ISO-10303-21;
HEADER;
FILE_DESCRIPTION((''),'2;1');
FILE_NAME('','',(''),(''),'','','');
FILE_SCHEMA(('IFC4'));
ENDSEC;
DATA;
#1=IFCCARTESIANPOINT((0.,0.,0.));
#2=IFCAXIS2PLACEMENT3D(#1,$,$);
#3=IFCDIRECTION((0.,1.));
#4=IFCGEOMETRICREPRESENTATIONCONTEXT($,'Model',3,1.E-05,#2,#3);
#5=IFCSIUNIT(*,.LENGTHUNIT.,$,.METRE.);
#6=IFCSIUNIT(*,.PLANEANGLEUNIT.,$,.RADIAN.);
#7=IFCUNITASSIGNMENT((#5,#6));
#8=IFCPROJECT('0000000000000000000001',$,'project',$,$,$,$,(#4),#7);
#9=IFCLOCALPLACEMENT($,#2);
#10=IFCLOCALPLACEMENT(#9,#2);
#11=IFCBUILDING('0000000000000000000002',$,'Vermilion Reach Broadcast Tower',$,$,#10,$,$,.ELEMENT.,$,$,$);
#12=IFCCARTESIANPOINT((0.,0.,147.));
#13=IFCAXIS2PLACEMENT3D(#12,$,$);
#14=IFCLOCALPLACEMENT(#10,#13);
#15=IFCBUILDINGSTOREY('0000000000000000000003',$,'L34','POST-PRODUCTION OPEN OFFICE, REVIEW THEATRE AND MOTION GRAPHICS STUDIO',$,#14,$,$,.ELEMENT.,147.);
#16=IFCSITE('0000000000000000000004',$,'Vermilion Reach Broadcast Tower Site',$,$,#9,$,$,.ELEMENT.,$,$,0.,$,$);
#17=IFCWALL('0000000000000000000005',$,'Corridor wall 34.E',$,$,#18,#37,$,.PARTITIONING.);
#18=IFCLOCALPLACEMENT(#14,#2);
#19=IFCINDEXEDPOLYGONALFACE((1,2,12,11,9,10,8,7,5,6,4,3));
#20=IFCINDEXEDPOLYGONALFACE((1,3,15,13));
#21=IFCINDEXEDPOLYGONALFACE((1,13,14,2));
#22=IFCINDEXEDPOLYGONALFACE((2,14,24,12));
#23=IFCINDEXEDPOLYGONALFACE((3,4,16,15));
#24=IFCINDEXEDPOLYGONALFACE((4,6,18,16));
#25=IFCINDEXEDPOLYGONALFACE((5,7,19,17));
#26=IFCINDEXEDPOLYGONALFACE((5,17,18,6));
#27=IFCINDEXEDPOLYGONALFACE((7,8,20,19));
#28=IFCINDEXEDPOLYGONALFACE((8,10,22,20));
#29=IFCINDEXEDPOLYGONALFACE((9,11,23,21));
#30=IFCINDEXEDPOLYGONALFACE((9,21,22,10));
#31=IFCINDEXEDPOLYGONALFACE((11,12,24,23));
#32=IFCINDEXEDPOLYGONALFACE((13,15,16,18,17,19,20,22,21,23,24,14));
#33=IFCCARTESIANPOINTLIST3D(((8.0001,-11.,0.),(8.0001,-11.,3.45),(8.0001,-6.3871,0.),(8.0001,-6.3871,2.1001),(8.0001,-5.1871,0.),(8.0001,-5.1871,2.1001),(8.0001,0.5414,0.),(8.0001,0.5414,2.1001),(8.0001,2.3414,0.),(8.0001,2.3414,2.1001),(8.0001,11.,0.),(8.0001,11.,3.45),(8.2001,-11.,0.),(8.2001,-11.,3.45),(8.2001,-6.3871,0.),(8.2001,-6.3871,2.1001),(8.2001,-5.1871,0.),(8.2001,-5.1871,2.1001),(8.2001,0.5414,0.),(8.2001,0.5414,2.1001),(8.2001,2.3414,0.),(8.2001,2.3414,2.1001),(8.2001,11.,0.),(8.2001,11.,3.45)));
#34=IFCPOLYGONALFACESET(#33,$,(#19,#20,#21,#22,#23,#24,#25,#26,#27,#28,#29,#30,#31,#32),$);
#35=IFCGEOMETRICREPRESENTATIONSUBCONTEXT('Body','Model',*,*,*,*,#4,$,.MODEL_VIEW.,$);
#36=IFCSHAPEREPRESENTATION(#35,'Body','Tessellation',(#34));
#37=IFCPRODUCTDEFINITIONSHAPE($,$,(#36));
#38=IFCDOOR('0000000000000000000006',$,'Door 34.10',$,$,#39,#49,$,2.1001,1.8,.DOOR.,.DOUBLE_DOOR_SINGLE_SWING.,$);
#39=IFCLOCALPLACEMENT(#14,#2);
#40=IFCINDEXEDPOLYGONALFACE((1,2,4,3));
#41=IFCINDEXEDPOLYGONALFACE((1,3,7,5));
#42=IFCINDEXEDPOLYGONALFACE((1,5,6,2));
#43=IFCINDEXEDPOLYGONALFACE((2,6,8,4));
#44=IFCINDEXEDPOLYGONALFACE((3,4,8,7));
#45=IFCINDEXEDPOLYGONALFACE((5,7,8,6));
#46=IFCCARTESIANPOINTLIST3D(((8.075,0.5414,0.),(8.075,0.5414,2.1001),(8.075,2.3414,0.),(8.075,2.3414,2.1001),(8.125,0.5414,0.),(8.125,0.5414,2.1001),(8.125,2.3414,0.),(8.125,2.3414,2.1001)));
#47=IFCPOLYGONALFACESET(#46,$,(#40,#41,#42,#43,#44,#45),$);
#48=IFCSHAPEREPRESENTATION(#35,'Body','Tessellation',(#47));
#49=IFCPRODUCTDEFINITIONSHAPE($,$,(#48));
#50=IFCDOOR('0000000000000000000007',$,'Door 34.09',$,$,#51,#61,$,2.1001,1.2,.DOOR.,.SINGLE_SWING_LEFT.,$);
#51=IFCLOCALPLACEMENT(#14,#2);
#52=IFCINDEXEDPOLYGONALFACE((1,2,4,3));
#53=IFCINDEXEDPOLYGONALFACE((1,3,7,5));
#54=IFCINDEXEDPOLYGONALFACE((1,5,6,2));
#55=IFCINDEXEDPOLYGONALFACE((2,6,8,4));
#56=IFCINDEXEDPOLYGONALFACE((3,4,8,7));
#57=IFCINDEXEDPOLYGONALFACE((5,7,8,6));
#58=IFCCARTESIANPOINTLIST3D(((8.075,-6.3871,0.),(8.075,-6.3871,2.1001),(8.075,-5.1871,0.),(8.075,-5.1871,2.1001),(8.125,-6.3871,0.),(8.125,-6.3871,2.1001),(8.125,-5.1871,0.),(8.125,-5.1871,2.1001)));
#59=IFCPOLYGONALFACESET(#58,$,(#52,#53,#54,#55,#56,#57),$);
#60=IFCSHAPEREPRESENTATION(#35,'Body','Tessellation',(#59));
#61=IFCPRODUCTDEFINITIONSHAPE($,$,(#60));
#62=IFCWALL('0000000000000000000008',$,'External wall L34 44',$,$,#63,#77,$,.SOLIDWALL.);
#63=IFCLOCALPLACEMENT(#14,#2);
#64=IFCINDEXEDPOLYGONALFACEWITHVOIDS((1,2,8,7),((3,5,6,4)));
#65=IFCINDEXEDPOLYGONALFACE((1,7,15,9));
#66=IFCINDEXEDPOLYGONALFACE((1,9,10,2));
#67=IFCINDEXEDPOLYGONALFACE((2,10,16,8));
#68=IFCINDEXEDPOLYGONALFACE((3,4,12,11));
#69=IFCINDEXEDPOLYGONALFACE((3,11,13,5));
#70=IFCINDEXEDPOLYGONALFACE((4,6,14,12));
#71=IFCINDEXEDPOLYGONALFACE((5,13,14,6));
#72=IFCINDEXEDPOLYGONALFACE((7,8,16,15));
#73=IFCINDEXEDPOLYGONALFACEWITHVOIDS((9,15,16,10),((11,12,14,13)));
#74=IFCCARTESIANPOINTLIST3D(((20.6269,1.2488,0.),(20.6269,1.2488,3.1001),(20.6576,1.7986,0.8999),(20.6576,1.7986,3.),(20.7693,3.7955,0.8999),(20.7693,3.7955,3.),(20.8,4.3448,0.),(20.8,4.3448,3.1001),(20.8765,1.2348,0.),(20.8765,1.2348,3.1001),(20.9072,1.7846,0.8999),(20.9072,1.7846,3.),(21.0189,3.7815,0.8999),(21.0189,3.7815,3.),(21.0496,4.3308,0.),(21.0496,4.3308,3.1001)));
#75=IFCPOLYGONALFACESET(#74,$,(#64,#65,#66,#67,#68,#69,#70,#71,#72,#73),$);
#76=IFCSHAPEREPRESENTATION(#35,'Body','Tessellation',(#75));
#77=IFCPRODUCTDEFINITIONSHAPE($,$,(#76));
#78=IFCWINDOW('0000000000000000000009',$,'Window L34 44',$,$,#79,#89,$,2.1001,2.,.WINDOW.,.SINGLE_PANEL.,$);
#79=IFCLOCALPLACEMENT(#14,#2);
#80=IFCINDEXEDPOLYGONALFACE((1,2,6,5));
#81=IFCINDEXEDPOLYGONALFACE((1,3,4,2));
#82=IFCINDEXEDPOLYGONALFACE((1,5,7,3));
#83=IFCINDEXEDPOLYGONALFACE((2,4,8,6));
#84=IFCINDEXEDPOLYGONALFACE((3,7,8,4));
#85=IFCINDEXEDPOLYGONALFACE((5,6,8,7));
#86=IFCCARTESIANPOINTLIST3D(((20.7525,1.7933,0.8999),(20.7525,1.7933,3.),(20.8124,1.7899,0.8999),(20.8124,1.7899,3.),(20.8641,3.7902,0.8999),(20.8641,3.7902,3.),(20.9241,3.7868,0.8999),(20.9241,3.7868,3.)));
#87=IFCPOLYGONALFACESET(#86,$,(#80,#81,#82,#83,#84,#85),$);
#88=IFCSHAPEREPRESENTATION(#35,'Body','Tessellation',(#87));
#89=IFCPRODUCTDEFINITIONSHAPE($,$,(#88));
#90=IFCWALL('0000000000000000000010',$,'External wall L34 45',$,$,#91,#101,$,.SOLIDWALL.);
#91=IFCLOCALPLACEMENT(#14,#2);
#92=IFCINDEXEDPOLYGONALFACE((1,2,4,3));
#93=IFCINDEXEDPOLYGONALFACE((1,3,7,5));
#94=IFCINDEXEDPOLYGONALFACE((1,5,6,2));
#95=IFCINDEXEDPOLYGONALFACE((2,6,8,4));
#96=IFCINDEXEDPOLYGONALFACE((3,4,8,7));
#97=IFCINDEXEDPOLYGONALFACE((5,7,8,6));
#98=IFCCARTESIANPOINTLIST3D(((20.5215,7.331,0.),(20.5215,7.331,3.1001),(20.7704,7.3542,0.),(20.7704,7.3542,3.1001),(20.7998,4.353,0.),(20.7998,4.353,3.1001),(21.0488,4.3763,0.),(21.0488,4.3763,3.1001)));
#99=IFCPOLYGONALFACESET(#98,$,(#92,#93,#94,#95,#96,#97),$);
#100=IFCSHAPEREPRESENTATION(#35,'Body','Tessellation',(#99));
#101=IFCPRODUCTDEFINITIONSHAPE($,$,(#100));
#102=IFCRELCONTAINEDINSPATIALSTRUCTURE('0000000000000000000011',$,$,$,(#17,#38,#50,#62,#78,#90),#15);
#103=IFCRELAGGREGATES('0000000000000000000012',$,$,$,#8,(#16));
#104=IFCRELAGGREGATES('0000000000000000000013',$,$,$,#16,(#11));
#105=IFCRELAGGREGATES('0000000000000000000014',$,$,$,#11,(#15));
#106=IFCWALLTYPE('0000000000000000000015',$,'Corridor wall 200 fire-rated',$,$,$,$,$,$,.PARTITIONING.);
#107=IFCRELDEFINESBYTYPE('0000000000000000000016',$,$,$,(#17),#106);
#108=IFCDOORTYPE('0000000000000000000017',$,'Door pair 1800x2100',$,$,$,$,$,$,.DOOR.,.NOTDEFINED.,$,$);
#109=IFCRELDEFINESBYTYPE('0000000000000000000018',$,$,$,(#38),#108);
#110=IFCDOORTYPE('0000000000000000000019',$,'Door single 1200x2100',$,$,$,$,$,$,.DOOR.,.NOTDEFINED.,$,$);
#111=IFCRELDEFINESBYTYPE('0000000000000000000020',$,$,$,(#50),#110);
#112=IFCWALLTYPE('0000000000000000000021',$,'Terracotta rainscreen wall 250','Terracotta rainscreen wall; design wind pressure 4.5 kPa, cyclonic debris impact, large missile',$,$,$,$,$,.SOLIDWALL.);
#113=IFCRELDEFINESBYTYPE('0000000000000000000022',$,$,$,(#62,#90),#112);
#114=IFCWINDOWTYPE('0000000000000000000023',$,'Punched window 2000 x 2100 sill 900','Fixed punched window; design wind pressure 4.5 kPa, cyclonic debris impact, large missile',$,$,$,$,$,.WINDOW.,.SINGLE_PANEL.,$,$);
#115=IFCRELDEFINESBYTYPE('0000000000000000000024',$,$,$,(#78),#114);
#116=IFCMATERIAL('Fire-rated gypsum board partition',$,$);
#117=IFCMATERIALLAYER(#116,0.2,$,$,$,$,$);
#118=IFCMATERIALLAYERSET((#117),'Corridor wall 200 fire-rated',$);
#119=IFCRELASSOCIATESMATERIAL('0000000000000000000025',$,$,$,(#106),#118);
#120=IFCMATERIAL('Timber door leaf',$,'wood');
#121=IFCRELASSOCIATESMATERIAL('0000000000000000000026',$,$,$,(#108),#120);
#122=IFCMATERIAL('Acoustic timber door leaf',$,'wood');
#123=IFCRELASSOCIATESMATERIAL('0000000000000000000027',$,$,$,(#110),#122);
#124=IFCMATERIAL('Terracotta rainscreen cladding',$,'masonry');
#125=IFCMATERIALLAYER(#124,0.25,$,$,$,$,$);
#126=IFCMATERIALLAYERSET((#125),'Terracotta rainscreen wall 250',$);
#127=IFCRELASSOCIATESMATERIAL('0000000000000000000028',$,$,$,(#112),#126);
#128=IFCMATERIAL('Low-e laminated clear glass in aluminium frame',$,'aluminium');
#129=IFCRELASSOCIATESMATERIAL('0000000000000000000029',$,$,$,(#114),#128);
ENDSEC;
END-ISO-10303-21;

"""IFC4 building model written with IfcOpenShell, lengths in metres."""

from ifc_helpers import new_model, si_unit, direction, frame, frame_2d, origin, place, context, subcontext, project, spatial, rectangle, extrude, material, layer, layer_set, type_object, element, fill, save


model = new_model("IFC4")

# Units and contexts
model_context = context("Model", 3, precision=1e-05, world=origin(), true_north=direction((0.0, 1.0)))
body_context = subcontext(model_context, "Body", "Model", "MODEL_VIEW")
ifc_project = project(units=[si_unit("LENGTHUNIT", "METRE"), si_unit("PLANEANGLEUNIT", "RADIAN")], contexts=[model_context])

# Site, building, storey
site_placement = place(None, origin())
site = spatial("IfcSite", under=ifc_project, at=site_placement, Name="Vermilion Reach Broadcast Tower Site", CompositionType="ELEMENT", RefElevation=0.0)
building_placement = place(site_placement, origin())
building = spatial("IfcBuilding", under=site, at=building_placement, Name="Vermilion Reach Broadcast Tower", CompositionType="ELEMENT")
storey_placement = place(building_placement, frame((0.0, 0.0, 147.0)))
storey = spatial("IfcBuildingStorey", under=building, at=storey_placement, Name="L34", Description="POST-PRODUCTION OPEN OFFICE, REVIEW THEATRE AND MOTION GRAPHICS STUDIO", CompositionType="ELEMENT", Elevation=147.0)

# Wall, openings, doors
ifc_material_1 = material(Name="Fire-rated gypsum board partition")
ifc_layer_1 = layer(ifc_material_1, 0.2)
ifc_layer_set_1 = layer_set([ifc_layer_1], Name="Corridor wall 200 fire-rated")
wall_type_1 = type_object("IfcWallType", Name="Corridor wall 200 fire-rated", PredefinedType="PARTITIONING", material=ifc_layer_set_1)
wall_1_placement = place(storey_placement, frame((8.1001, 11.0, 0.0), z_axis=(0.0, 0.0, 1.0), x_axis=(0.0, -1.0, 0.0)))
wall_1 = element("IfcWall", 1, at=wall_1_placement, inside=storey, type_object=wall_type_1, Name="Corridor wall 34.E", PredefinedType="PARTITIONING", context=body_context, shape_type="SweptSolid", body=[
    extrude(rectangle(XDim=22.0, YDim=0.2, at=frame_2d((11.0, 0.0))), origin(), (0.0, 0.0, 1.0), 3.45),
])
opening_1_placement = place(wall_1_placement, frame((16.187, 0.0, 0.0)))
opening_1 = element("IfcOpeningElement", 2, at=opening_1_placement, cuts=wall_1, PredefinedType="OPENING", context=body_context, shape_type="SweptSolid", body=[
    extrude(rectangle(XDim=1.2, YDim=2.1001, at=frame_2d((0.6001, 1.05))), frame((0.0, 0.1099, 0.0), z_axis=(0.0, -1.0, 0.0), x_axis=(1.0, 0.0, 0.0)), (0.0, 0.0, 1.0), 0.22),
])
opening_2_placement = place(wall_1_placement, frame((8.6587, 0.0, 0.0)))
opening_2 = element("IfcOpeningElement", 3, at=opening_2_placement, cuts=wall_1, PredefinedType="OPENING", context=body_context, shape_type="SweptSolid", body=[
    extrude(rectangle(XDim=1.8, YDim=2.1001, at=frame_2d((0.8999, 1.05))), frame((0.0, 0.1099, 0.0), z_axis=(0.0, -1.0, 0.0), x_axis=(1.0, 0.0, 0.0)), (0.0, 0.0, 1.0), 0.22),
])
ifc_material_2 = material(Name="Timber door leaf", Category="wood")
door_type_1 = type_object("IfcDoorType", Name="Door pair 1800x2100", OperationType="NOTDEFINED", PredefinedType="DOOR", material=ifc_material_2)
door_1_placement = place(opening_2_placement, origin())
door_1 = element("IfcDoor", 4, at=door_1_placement, inside=storey, type_object=door_type_1, Name="Door 34.10", OperationType="DOUBLE_DOOR_SINGLE_SWING", OverallHeight=2.1001, OverallWidth=1.8, PredefinedType="DOOR", context=body_context, shape_type="SweptSolid", body=[
    extrude(rectangle(XDim=1.8, YDim=2.1001, at=frame_2d((0.8999, 1.05))), frame((0.0, 0.0249, 0.0), z_axis=(0.0, -1.0, 0.0), x_axis=(1.0, 0.0, 0.0)), (0.0, 0.0, 1.0), 0.05),
])
fill(opening_2, door_1)
ifc_material_3 = material(Name="Acoustic timber door leaf", Category="wood")
door_type_2 = type_object("IfcDoorType", Name="Door single 1200x2100", OperationType="NOTDEFINED", PredefinedType="DOOR", material=ifc_material_3)
door_2_placement = place(opening_1_placement, origin())
door_2 = element("IfcDoor", 5, at=door_2_placement, inside=storey, type_object=door_type_2, Name="Door 34.09", OperationType="SINGLE_SWING_LEFT", OverallHeight=2.1001, OverallWidth=1.2, PredefinedType="DOOR", context=body_context, shape_type="SweptSolid", body=[
    extrude(rectangle(XDim=1.2, YDim=2.1001, at=frame_2d((0.6001, 1.05))), frame((0.0, 0.0249, 0.0), z_axis=(0.0, -1.0, 0.0), x_axis=(1.0, 0.0, 0.0)), (0.0, 0.0, 1.0), 0.05),
])
fill(opening_1, door_2)

# Wall, opening, window
ifc_material_4 = material(Name="Terracotta rainscreen cladding", Category="masonry")
ifc_layer_2 = layer(ifc_material_4, 0.25)
ifc_layer_set_2 = layer_set([ifc_layer_2], Name="Terracotta rainscreen wall 250")
wall_type_2 = type_object("IfcWallType", Name="Terracotta rainscreen wall 250", Description="Terracotta rainscreen wall; design wind pressure 4.5 kPa, cyclonic debris impact, large missile", PredefinedType="SOLIDWALL", material=ifc_layer_set_2)
wall_2_placement = place(storey_placement, frame((20.7517, 1.2419, 0.0), z_axis=(0.0, 0.0, 1.0), x_axis=(0.055823, 0.998441, 0.0)))
wall_2 = element("IfcWall", 6, at=wall_2_placement, inside=storey, type_object=wall_type_2, Name="External wall L34 44", PredefinedType="SOLIDWALL", context=body_context, shape_type="SweptSolid", body=[
    extrude(rectangle(XDim=3.1008, YDim=0.25, at=frame_2d((1.5503, 0.0))), origin(), (0.0, 0.0, 1.0), 3.1001),
])
opening_3_placement = place(wall_2_placement, frame((0.5505, 0.0, 0.8999)))
opening_3 = element("IfcOpeningElement", 7, at=opening_3_placement, cuts=wall_2, PredefinedType="OPENING", context=body_context, shape_type="SweptSolid", body=[
    extrude(rectangle(XDim=2.0, YDim=2.1001, at=frame_2d((1.0, 1.05))), frame((0.0, 0.135, 0.0), z_axis=(0.0, -1.0, 0.0), x_axis=(1.0, 0.0, 0.0)), (0.0, 0.0, 1.0), 0.27),
])
ifc_material_5 = material(Name="Low-e laminated clear glass in aluminium frame", Category="aluminium")
window_type = type_object("IfcWindowType", Name="Punched window 2000 x 2100 sill 900", Description="Fixed punched window; design wind pressure 4.5 kPa, cyclonic debris impact, large missile", PartitioningType="SINGLE_PANEL", PredefinedType="WINDOW", material=ifc_material_5)
window_placement = place(opening_3_placement, origin())
window = element("IfcWindow", 8, at=window_placement, inside=storey, type_object=window_type, Name="Window L34 44", OverallHeight=2.1001, OverallWidth=2.0, PartitioningType="SINGLE_PANEL", PredefinedType="WINDOW", context=body_context, shape_type="SweptSolid", body=[
    extrude(rectangle(XDim=2.0, YDim=2.1001, at=frame_2d((1.0, 1.05))), frame((0.0, 0.03, 0.0), z_axis=(0.0, -1.0, 0.0), x_axis=(1.0, 0.0, 0.0)), (0.0, 0.0, 1.0), 0.0601),
])
fill(opening_3, window)

# Wall
wall_3_placement = place(storey_placement, frame((20.9243, 4.3645, 0.0), z_axis=(0.0, 0.0, 1.0), x_axis=(-0.093052, 0.995661, 0.0)))
element("IfcWall", 9, at=wall_3_placement, inside=storey, type_object=wall_type_2, Name="External wall L34 45", PredefinedType="SOLIDWALL", context=body_context, shape_type="SweptSolid", body=[
    extrude(rectangle(XDim=2.991, YDim=0.25, at=frame_2d((1.4956, 0.0))), origin(), (0.0, 0.0, 1.0), 3.1001),
])

save(model, "model.ifc")
